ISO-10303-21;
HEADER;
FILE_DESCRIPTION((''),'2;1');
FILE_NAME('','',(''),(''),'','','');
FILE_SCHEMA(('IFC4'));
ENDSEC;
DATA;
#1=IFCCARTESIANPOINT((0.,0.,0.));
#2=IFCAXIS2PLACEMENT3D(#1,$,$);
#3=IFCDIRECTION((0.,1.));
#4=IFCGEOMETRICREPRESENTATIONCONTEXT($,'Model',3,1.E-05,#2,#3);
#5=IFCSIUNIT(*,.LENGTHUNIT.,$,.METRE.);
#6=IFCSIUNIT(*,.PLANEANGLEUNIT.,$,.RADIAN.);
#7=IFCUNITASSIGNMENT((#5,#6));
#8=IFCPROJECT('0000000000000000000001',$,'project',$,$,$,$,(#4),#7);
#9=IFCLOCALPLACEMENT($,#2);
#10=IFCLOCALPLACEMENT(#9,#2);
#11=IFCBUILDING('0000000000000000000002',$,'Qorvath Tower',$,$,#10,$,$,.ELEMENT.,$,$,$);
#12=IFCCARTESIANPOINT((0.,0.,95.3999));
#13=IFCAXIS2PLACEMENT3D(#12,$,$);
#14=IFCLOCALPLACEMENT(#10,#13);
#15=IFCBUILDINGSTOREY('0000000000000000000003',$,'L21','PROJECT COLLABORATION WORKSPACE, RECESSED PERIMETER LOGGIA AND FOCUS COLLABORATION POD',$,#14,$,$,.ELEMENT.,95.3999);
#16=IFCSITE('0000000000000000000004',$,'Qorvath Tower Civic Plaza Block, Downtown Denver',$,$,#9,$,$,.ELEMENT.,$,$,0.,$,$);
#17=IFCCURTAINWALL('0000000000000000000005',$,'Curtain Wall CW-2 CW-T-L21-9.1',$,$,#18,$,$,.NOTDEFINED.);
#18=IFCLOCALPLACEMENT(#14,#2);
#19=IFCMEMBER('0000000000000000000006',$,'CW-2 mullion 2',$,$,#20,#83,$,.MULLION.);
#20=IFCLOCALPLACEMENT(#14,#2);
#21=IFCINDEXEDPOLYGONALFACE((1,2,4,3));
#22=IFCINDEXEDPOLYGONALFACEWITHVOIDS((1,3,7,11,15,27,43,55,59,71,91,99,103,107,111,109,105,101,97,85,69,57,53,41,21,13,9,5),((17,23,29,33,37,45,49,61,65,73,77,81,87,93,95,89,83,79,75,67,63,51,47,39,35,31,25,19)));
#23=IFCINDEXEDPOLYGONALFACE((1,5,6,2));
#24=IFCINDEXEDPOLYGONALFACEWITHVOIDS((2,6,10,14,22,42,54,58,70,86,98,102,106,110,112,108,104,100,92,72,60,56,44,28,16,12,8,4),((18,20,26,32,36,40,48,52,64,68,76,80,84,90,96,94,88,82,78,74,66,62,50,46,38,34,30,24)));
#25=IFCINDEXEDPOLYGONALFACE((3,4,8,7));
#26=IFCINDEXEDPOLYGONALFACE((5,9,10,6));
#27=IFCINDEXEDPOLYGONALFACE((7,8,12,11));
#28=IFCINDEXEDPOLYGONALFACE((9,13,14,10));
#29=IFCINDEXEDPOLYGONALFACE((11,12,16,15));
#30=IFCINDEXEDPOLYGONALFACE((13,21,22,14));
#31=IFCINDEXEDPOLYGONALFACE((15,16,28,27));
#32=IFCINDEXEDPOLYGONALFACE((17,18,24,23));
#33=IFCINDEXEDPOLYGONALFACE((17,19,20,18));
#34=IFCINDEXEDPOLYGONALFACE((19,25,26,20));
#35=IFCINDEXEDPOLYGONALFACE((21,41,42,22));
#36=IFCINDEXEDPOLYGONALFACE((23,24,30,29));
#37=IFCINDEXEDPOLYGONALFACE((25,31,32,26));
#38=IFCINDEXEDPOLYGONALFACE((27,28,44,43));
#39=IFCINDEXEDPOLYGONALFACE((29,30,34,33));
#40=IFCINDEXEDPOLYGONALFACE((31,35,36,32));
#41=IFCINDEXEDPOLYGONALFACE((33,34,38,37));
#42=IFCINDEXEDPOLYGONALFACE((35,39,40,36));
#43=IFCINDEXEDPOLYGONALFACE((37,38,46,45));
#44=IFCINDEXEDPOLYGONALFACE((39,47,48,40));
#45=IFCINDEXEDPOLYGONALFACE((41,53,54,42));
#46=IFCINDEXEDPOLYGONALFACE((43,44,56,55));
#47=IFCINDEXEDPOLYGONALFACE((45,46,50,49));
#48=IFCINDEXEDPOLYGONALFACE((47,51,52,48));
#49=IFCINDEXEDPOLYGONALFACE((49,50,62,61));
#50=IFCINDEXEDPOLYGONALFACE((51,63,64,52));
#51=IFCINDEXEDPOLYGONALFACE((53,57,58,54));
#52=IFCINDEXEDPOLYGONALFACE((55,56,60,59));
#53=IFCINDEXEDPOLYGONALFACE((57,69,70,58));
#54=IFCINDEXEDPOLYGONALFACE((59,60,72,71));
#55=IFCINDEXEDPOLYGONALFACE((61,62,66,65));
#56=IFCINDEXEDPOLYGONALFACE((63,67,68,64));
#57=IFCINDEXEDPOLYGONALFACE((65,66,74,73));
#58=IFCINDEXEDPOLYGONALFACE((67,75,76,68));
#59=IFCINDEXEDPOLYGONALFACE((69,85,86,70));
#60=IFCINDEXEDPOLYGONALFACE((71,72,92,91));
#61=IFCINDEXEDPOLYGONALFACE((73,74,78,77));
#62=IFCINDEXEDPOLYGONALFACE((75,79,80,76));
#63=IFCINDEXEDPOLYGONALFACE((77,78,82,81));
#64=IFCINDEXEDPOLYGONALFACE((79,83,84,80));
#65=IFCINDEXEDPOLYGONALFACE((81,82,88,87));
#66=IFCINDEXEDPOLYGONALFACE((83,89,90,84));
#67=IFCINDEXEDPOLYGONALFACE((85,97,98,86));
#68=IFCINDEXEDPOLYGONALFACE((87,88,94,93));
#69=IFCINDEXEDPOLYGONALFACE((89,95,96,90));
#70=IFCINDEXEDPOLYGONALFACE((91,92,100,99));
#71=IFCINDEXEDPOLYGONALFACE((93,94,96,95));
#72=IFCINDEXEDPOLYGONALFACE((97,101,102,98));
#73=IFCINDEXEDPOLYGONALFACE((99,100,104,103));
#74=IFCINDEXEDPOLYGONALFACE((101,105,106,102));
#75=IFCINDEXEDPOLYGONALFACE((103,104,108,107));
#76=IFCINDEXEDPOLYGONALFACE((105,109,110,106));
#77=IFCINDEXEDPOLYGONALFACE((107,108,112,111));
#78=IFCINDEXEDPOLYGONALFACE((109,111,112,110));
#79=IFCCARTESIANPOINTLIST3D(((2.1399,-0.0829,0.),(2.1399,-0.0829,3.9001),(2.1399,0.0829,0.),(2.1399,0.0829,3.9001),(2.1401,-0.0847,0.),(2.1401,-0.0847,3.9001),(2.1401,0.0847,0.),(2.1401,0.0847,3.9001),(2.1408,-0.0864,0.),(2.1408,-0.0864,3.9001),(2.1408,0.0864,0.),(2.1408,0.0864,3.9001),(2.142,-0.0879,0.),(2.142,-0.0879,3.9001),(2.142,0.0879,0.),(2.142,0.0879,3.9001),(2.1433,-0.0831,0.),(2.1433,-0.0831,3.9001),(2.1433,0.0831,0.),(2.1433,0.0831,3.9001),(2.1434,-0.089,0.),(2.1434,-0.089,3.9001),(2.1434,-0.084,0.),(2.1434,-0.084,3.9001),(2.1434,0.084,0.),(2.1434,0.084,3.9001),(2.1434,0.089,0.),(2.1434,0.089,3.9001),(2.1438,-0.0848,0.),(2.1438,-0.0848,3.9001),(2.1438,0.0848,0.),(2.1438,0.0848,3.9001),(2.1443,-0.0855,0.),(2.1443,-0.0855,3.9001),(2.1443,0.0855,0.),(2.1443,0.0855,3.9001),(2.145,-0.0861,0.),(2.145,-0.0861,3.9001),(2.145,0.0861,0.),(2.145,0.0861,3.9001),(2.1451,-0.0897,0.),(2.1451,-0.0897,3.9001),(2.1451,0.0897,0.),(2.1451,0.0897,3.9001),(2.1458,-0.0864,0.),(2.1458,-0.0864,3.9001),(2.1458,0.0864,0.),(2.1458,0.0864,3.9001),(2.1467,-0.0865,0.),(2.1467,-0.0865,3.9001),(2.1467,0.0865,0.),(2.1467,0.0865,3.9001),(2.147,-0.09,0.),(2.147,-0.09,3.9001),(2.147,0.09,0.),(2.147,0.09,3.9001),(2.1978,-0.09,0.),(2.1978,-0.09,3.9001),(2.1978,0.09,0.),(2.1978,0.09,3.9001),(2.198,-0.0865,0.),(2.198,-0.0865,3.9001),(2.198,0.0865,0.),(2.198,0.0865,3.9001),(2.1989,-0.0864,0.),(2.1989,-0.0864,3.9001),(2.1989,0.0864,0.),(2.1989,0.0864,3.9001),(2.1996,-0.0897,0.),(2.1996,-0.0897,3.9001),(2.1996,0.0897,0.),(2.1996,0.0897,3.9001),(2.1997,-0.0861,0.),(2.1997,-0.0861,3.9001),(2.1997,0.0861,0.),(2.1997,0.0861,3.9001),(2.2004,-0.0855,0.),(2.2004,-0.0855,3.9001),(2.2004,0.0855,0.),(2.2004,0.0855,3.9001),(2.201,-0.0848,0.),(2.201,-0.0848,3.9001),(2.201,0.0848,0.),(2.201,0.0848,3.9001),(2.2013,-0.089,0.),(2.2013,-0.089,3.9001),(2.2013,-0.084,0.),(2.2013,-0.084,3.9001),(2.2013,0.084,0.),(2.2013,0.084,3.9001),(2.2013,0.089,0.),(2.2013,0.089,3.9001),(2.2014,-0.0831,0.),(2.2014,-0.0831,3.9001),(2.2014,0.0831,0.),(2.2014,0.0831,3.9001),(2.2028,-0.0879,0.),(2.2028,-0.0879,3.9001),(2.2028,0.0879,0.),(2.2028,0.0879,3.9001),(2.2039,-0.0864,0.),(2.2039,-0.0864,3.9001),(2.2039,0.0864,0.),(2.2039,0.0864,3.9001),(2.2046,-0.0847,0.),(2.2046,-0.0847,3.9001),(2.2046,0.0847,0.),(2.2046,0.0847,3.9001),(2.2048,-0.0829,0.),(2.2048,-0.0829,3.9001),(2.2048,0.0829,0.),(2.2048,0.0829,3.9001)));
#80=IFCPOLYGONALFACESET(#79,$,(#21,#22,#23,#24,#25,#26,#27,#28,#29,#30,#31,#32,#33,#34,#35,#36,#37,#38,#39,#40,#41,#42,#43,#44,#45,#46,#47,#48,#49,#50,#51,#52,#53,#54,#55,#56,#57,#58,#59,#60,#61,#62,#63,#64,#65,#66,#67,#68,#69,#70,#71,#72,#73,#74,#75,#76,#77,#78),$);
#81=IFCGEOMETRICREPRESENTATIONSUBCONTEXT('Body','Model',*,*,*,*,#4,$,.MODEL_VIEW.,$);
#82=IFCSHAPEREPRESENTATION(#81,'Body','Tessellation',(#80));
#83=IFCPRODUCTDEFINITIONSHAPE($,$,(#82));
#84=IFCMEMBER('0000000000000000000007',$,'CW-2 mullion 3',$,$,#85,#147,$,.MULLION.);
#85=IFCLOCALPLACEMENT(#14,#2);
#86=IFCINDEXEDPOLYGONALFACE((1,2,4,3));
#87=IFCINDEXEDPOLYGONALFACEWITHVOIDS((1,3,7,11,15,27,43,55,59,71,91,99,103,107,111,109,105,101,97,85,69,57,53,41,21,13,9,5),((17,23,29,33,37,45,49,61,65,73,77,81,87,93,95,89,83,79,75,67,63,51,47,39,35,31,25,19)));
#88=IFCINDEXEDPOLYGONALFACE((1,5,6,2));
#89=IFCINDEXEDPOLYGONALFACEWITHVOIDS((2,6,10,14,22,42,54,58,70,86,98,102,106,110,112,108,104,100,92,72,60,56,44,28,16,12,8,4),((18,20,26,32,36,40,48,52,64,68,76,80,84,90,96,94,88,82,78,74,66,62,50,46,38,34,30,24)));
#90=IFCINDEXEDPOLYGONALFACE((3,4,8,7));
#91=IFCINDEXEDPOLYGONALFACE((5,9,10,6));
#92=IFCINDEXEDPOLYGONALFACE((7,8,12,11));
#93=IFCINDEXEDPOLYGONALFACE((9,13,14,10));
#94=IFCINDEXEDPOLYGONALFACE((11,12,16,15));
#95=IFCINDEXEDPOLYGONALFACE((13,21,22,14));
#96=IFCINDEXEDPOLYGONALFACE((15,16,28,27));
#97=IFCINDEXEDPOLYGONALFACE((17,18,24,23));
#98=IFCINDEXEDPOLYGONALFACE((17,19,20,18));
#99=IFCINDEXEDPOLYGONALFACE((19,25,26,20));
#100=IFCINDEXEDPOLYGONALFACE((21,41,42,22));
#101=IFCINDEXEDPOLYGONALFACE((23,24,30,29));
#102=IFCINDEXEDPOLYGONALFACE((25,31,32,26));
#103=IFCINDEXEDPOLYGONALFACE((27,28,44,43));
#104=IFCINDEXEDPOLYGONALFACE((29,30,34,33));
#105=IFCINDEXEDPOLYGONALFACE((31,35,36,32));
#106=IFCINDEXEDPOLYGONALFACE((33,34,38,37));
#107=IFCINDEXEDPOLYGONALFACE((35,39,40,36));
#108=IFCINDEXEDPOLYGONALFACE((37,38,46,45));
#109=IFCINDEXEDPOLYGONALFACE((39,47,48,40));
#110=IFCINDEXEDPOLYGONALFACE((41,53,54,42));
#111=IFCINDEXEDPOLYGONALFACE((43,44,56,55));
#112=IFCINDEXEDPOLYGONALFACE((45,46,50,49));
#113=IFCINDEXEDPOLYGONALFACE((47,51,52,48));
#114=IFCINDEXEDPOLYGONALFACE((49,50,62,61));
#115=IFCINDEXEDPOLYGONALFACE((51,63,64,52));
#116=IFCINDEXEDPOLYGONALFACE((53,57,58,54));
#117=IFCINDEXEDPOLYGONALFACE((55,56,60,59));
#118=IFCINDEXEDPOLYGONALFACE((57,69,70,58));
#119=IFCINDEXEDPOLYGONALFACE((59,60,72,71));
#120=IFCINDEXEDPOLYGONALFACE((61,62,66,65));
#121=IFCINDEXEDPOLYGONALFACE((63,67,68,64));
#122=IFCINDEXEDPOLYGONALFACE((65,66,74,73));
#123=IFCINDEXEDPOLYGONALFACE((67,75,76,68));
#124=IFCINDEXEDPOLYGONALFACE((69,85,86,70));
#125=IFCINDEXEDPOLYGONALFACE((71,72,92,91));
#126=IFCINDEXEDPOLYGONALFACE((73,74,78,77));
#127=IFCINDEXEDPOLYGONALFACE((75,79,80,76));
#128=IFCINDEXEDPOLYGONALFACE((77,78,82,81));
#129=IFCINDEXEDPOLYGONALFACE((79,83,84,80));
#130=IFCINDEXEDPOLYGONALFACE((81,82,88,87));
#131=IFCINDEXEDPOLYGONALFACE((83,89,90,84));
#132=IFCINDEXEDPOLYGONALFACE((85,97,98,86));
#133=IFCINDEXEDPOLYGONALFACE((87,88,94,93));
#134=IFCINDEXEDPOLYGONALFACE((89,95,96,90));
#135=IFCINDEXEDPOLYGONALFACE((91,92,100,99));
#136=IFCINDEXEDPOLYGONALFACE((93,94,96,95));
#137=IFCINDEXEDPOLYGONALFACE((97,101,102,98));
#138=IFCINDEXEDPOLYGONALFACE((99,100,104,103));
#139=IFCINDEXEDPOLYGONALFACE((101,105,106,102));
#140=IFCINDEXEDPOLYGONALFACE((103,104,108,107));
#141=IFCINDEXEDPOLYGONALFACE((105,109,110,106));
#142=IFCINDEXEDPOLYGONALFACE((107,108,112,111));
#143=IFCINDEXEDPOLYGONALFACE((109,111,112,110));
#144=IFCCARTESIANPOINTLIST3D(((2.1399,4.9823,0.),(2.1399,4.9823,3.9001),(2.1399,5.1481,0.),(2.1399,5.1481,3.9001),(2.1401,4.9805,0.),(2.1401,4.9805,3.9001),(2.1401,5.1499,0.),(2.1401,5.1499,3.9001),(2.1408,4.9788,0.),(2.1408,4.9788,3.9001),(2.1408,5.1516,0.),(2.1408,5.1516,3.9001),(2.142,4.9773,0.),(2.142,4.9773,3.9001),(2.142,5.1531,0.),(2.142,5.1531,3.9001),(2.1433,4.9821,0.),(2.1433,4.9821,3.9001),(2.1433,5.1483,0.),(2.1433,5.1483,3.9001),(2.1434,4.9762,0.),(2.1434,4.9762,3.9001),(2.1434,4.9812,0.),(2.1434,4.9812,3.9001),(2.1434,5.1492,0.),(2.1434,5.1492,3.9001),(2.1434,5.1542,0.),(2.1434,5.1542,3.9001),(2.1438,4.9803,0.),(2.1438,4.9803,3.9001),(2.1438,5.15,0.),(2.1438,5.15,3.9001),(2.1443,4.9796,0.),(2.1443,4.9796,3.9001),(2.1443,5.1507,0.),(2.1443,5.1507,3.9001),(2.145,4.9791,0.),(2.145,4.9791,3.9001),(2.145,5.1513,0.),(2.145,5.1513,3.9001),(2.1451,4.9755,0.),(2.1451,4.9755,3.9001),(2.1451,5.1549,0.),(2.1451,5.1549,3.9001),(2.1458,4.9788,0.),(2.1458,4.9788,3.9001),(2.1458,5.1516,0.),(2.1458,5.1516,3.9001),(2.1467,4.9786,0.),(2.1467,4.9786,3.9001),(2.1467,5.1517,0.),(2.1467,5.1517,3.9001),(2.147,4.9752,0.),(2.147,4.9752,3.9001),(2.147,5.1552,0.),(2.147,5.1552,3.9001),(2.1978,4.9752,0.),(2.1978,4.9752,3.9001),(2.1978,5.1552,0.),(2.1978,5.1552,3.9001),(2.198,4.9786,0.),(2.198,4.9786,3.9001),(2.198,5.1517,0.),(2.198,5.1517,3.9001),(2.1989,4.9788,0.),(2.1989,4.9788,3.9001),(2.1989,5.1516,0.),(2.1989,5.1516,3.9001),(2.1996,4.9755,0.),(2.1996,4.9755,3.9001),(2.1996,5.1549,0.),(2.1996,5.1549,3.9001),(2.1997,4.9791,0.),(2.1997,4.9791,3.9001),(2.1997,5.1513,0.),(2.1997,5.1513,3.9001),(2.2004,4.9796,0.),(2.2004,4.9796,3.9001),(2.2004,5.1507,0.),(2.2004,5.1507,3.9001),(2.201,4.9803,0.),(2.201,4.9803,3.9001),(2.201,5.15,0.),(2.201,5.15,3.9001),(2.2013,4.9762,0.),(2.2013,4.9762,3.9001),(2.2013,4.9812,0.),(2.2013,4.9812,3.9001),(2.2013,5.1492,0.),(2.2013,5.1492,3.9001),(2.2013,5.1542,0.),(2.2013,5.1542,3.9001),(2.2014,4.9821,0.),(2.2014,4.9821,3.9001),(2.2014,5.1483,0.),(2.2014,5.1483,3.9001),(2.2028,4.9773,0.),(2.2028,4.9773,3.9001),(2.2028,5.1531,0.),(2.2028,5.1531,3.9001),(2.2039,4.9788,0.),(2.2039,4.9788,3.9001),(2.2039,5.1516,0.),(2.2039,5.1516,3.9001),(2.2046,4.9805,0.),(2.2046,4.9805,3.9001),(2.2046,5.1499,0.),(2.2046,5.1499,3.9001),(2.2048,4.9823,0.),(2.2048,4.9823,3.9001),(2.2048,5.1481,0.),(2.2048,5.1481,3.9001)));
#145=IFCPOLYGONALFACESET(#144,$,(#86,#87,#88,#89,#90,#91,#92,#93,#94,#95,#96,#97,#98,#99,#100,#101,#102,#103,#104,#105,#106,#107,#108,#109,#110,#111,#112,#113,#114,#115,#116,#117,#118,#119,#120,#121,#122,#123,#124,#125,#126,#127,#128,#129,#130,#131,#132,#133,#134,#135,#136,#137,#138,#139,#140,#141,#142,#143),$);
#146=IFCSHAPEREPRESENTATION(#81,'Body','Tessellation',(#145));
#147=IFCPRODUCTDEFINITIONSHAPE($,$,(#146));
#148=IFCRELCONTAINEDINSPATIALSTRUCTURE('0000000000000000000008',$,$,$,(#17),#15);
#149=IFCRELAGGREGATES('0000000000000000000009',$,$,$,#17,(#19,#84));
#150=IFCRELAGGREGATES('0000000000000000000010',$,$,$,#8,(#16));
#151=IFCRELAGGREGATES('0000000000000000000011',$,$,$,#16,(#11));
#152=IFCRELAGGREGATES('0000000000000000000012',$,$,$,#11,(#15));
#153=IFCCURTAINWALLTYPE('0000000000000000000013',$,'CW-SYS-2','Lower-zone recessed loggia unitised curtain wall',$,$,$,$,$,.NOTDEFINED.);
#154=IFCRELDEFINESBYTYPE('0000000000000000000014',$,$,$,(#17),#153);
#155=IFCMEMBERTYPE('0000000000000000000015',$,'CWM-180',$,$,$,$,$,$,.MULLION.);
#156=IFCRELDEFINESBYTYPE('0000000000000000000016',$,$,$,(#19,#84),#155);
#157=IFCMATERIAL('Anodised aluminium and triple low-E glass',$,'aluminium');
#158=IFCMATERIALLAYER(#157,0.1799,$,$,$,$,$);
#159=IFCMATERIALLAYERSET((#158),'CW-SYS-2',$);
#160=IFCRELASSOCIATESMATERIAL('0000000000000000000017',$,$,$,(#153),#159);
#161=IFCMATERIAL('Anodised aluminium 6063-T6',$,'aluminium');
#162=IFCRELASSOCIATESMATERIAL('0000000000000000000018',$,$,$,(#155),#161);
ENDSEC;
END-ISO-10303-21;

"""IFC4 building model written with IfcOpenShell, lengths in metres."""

from ifc_helpers import new_model, si_unit, direction, frame, origin, origin_2d, place, context, subcontext, project, spatial, hollow_rectangle, extrude, material, layer, layer_set, material_profile, profile_set, type_object, element, aggregate, save


model = new_model("IFC4")

# Units and contexts
model_context = context("Model", 3, precision=1e-05, world=origin(), true_north=direction((0.0, 1.0)))
body_context = subcontext(model_context, "Body", "Model", "MODEL_VIEW")
ifc_project = project(units=[si_unit("LENGTHUNIT", "METRE"), si_unit("PLANEANGLEUNIT", "RADIAN")], contexts=[model_context])

# Site, building, storey
site_placement = place(None, origin())
site = spatial("IfcSite", under=ifc_project, at=site_placement, Name="Qorvath Tower Civic Plaza Block, Downtown Denver", CompositionType="ELEMENT", RefElevation=0.0)
building_placement = place(site_placement, origin())
building = spatial("IfcBuilding", under=site, at=building_placement, Name="Qorvath Tower", CompositionType="ELEMENT")
storey_placement = place(building_placement, frame((0.0, 0.0, 95.3999)))
storey = spatial("IfcBuildingStorey", under=building, at=storey_placement, Name="L21", Description="PROJECT COLLABORATION WORKSPACE, RECESSED PERIMETER LOGGIA AND FOCUS COLLABORATION POD", CompositionType="ELEMENT", Elevation=95.3999)

# Curtain wall, members
ifc_material_1 = material(Name="Anodised aluminium and triple low-E glass", Category="aluminium")
ifc_layer_1 = layer(ifc_material_1, 0.1799)
ifc_layer_set_1 = layer_set([ifc_layer_1], Name="CW-SYS-2")
curtain_wall_type = type_object("IfcCurtainWallType", Name="CW-SYS-2", Description="Lower-zone recessed loggia unitised curtain wall", PredefinedType="NOTDEFINED", material=ifc_layer_set_1)
curtain_wall_1_placement = place(storey_placement, origin())
curtain_wall_1 = element("IfcCurtainWall", 1, at=curtain_wall_1_placement, inside=storey, type_object=curtain_wall_type, Name="Curtain Wall CW-2 CW-T-L21-9.1", PredefinedType="NOTDEFINED")
ifc_material_2 = material(Name="Anodised aluminium 6063-T6", Category="aluminium")
ifc_material_profile_1 = material_profile(ifc_material_2, hollow_rectangle(XDim=0.0649, YDim=0.1799, WallThickness=0.0034, InnerFilletRadius=0.0034, OuterFilletRadius=0.0071, at=origin_2d()), Name="CWM 180x65")
ifc_profile_set_1 = profile_set([ifc_material_profile_1], Name="Anodised aluminium 6063-T6")
member_type_1 = type_object("IfcMemberType", Name="CWM-180", PredefinedType="MULLION", material=ifc_profile_set_1)
member_1_placement = place(storey_placement, frame((2.1724, 0.0, 0.0), z_axis=(0.0, 0.0, 1.0), x_axis=(-1.0, 0.0, 0.0)))
member_1 = element("IfcMember", 2, at=member_1_placement, type_object=member_type_1, Name="CW-2 mullion 2", PredefinedType="MULLION", context=body_context, shape_type="SweptSolid", body=[
    extrude(hollow_rectangle(XDim=0.0649, YDim=0.1799, WallThickness=0.0034, InnerFilletRadius=0.0034, OuterFilletRadius=0.0071, at=origin_2d()), origin(), (0.0, 0.0, 1.0), 3.9001),
])
member_2_placement = place(storey_placement, frame((2.1724, 5.0652, 0.0), z_axis=(0.0, 0.0, 1.0), x_axis=(-1.0, 0.0, 0.0)))
member_2 = element("IfcMember", 3, at=member_2_placement, type_object=member_type_1, Name="CW-2 mullion 3", PredefinedType="MULLION", context=body_context, shape_type="SweptSolid", body=[
    extrude(hollow_rectangle(XDim=0.0649, YDim=0.1799, WallThickness=0.0034, InnerFilletRadius=0.0034, OuterFilletRadius=0.0071, at=origin_2d()), origin(), (0.0, 0.0, 1.0), 3.9001),
])

aggregate(curtain_wall_1, [member_1, member_2])

save(model, "model.ifc")
